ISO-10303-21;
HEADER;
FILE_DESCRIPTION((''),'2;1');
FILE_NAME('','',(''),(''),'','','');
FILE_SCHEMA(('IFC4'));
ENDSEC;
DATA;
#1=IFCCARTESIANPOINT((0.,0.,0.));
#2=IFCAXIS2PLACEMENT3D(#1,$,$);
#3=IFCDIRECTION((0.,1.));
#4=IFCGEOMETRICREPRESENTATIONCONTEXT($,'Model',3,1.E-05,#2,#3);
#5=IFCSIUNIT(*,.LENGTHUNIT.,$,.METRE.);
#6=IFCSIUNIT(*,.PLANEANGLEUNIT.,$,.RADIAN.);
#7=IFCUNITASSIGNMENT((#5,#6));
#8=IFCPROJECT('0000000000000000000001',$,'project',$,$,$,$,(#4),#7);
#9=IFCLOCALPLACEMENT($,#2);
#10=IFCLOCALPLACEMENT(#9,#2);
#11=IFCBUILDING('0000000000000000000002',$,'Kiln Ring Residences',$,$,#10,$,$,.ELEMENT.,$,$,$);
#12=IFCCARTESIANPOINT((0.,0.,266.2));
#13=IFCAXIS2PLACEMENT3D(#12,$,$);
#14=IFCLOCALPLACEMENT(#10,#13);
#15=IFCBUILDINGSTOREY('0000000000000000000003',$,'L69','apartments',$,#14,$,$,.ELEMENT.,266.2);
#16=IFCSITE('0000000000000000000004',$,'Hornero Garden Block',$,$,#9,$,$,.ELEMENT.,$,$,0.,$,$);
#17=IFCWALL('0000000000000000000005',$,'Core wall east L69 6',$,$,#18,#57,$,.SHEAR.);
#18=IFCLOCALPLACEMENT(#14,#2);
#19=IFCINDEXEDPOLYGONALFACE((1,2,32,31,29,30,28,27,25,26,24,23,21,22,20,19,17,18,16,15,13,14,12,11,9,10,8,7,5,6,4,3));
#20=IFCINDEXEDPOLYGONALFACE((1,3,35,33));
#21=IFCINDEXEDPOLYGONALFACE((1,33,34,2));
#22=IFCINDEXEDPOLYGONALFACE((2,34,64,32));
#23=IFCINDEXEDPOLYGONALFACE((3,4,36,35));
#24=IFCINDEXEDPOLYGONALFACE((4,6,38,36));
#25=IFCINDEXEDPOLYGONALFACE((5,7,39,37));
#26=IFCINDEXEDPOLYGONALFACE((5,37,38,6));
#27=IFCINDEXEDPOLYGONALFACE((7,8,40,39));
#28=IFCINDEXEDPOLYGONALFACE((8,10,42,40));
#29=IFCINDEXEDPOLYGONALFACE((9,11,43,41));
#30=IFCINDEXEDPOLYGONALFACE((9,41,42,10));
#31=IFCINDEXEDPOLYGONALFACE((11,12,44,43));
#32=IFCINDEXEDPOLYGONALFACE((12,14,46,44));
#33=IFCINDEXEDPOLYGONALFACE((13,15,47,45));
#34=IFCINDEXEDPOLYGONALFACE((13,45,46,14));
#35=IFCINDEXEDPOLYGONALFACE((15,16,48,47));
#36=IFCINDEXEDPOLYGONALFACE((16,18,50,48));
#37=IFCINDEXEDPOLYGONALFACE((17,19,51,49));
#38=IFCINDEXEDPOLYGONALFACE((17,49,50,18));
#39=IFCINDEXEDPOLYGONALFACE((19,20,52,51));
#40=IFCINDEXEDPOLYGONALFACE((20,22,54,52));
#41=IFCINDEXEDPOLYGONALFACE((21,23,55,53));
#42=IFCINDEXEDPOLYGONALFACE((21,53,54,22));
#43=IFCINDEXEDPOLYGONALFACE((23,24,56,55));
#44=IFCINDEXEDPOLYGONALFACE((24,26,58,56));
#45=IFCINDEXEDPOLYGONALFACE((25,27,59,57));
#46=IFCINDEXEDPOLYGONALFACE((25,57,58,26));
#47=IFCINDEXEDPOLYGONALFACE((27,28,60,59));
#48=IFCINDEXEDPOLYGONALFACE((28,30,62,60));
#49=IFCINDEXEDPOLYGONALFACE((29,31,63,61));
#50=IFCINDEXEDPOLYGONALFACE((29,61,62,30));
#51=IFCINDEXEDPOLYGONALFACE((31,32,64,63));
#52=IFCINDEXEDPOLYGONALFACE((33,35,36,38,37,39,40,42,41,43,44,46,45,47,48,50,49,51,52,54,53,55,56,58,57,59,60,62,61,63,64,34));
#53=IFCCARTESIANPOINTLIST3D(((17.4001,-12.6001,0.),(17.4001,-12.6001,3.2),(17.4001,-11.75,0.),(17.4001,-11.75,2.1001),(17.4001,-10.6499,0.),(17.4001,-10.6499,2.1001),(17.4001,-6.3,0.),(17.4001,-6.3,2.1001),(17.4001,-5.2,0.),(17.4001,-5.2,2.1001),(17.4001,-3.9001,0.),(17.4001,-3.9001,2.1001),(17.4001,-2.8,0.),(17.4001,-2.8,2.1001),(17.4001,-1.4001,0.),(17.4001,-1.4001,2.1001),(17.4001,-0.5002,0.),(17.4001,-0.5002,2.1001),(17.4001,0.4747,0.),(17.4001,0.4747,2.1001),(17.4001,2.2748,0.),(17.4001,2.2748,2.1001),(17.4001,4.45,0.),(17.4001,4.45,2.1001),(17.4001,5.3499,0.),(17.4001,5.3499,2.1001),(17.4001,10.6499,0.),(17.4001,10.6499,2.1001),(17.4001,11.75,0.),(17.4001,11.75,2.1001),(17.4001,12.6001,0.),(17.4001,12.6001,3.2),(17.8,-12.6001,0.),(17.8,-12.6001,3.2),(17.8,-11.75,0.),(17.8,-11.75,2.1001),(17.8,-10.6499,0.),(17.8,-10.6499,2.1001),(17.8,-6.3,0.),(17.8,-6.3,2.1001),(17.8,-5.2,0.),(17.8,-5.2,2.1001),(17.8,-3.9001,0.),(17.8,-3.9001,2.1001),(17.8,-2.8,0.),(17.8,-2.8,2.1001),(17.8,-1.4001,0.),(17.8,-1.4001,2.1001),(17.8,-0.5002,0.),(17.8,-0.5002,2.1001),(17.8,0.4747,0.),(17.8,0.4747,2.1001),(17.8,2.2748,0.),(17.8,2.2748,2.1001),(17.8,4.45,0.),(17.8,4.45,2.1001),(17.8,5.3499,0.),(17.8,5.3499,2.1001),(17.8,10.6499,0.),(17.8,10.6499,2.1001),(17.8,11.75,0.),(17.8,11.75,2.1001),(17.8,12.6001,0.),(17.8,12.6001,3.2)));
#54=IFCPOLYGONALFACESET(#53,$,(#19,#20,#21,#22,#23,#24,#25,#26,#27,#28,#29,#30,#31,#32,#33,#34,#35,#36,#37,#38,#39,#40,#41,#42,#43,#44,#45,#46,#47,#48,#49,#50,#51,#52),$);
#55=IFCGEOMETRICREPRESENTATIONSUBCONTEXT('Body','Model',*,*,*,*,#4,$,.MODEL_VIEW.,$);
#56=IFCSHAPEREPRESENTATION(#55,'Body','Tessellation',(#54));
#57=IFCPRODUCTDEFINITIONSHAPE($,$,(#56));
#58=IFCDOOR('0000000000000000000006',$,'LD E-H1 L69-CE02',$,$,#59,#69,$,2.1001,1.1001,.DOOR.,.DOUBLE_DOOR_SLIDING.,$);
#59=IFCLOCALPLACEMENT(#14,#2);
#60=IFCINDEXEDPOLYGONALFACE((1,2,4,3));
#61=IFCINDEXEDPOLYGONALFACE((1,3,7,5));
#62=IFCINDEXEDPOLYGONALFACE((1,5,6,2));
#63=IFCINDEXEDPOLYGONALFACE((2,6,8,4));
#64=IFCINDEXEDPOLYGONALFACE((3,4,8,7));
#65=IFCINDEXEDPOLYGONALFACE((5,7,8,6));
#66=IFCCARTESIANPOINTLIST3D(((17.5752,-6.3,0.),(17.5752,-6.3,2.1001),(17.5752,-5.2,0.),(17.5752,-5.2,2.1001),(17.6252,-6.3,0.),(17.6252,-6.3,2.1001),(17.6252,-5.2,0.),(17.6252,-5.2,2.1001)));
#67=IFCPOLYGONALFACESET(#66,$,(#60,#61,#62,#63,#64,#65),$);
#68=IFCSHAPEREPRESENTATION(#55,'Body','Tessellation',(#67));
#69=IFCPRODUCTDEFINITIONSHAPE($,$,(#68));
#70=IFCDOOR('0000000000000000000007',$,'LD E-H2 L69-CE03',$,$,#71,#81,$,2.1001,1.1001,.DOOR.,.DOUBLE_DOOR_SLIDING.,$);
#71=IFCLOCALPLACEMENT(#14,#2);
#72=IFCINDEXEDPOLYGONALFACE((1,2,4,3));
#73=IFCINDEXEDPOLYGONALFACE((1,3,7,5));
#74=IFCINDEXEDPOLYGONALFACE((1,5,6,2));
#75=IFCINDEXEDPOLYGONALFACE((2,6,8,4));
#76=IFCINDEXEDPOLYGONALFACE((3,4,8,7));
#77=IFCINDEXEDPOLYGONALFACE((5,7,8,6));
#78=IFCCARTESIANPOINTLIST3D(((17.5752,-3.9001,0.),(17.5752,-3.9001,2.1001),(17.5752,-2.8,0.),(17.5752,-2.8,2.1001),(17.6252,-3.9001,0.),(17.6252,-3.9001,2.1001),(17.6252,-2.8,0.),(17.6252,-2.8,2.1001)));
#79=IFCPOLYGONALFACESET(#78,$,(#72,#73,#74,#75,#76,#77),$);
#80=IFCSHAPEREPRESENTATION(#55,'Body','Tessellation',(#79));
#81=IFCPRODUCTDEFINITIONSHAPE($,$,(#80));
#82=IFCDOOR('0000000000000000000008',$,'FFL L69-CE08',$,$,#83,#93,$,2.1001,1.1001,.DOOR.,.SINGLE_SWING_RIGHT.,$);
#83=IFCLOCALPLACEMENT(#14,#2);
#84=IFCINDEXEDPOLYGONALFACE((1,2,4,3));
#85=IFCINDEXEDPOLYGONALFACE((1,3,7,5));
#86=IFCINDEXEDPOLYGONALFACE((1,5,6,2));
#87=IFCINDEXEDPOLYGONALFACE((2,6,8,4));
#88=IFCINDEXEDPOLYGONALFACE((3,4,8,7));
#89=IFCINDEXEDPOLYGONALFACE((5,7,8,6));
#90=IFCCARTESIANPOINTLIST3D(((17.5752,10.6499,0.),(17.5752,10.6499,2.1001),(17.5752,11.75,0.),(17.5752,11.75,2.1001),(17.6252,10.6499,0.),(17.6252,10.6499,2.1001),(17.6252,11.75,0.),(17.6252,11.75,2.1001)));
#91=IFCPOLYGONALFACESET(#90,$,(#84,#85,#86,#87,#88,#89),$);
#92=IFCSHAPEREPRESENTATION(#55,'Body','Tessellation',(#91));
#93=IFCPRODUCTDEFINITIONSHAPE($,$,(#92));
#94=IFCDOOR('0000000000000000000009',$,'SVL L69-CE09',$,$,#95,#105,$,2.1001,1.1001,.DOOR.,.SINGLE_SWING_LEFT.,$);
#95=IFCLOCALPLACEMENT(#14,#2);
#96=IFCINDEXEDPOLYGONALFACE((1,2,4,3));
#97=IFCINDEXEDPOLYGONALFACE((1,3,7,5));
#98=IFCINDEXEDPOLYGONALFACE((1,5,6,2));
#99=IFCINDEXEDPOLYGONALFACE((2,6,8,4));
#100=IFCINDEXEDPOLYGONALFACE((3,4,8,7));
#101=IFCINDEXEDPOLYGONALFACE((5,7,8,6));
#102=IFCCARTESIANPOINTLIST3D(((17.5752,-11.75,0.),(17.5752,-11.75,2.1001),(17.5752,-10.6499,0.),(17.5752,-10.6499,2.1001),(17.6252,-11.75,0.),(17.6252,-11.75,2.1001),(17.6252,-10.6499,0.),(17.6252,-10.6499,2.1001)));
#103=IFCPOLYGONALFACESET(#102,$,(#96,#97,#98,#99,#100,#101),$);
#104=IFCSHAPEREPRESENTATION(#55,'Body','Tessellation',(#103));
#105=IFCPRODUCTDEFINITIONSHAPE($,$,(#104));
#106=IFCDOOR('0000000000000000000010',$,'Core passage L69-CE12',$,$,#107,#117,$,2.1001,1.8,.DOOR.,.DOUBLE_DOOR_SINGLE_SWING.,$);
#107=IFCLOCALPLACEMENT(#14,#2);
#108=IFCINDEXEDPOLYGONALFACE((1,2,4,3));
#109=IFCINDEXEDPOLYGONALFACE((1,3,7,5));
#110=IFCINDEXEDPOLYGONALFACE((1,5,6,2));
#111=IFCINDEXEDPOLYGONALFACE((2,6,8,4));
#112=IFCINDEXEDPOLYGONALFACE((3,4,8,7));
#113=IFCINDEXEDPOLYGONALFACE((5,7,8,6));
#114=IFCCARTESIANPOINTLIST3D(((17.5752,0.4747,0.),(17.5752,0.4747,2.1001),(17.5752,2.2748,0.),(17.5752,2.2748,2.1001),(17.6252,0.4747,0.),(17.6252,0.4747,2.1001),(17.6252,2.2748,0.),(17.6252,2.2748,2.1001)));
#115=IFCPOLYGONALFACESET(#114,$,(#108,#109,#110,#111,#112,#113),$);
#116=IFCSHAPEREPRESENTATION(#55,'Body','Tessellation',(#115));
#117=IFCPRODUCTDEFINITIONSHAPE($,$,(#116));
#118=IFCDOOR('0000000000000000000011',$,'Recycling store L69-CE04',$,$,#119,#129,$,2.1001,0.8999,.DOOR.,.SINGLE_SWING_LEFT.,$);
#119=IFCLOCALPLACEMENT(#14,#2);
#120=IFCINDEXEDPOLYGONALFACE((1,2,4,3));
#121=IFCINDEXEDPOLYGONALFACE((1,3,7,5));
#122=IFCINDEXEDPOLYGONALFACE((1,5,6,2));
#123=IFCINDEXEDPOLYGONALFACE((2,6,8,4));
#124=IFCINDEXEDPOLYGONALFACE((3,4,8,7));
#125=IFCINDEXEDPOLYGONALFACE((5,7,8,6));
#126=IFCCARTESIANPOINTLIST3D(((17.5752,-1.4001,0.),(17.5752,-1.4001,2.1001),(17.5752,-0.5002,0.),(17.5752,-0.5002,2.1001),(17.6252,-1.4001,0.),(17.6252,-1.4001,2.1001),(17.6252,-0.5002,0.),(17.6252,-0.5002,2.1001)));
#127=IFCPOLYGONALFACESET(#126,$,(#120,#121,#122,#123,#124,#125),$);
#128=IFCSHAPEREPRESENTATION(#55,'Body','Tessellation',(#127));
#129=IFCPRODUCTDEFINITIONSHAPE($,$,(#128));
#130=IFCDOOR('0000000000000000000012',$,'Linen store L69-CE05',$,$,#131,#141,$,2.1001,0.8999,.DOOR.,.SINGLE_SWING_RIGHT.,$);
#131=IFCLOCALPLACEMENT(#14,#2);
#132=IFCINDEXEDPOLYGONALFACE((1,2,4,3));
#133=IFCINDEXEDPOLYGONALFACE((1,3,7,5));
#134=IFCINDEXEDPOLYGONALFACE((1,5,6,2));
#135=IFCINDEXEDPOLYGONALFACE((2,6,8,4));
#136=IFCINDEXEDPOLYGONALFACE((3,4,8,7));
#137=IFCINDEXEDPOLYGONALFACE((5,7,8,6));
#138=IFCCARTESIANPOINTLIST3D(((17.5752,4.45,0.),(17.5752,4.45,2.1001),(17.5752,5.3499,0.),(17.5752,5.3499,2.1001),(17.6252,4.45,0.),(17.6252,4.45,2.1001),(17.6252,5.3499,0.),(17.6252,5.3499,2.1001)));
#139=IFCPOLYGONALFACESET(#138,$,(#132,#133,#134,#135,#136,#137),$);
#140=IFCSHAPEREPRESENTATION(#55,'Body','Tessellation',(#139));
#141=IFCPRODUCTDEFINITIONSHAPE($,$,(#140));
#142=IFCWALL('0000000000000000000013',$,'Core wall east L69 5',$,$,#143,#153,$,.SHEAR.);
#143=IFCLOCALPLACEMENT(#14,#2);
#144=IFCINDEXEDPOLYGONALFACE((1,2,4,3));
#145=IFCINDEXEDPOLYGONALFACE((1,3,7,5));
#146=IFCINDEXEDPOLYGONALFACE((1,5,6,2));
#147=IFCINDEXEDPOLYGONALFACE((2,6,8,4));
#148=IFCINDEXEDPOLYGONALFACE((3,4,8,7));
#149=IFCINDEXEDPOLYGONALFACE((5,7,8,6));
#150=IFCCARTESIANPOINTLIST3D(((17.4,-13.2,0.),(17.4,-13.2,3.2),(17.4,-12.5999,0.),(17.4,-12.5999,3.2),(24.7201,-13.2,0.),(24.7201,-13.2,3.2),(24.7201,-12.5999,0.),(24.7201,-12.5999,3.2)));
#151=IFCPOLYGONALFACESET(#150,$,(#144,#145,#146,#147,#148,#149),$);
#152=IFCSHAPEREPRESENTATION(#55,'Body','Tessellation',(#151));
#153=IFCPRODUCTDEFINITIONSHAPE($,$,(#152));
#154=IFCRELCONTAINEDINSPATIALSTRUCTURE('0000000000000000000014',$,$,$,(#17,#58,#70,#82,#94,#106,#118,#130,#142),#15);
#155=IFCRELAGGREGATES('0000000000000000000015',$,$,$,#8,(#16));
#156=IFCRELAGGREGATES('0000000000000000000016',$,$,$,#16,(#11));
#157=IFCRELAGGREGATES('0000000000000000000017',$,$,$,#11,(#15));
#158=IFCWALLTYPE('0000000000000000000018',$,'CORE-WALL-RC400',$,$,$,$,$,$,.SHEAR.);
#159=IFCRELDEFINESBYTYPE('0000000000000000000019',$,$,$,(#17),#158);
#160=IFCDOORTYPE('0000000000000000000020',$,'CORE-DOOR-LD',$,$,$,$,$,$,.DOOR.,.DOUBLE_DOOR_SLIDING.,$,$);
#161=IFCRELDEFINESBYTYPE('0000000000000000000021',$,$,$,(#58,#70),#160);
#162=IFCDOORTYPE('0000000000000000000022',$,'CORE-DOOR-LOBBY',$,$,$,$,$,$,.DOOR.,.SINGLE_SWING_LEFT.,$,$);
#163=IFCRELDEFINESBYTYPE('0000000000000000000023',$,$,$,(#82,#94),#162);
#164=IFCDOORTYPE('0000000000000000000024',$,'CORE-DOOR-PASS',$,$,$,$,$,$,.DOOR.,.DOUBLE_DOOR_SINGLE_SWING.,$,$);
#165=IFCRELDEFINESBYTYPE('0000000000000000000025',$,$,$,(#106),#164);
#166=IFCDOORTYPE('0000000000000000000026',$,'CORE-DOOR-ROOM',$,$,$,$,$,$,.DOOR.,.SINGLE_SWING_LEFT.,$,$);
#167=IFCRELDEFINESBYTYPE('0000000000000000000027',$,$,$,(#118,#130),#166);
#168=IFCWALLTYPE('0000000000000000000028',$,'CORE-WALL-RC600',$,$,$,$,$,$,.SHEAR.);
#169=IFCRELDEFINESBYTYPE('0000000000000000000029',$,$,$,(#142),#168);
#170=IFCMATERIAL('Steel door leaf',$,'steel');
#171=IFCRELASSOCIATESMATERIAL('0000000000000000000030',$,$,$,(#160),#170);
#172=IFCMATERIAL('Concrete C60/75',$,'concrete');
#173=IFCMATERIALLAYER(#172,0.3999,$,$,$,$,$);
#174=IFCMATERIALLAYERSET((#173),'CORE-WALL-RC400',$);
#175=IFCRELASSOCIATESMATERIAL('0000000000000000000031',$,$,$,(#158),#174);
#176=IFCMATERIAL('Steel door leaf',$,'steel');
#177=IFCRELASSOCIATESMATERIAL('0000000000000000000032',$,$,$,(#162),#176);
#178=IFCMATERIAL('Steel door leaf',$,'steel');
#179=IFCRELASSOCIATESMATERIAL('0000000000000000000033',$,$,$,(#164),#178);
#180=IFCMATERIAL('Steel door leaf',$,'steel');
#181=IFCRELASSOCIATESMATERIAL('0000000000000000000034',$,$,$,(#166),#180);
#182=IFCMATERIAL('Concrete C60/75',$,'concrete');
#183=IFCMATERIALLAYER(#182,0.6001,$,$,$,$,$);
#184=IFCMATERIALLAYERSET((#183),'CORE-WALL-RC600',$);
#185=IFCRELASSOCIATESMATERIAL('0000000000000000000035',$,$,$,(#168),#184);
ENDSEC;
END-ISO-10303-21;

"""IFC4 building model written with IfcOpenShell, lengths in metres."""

from ifc_helpers import new_model, si_unit, direction, frame, frame_2d, origin, place, context, subcontext, project, spatial, rectangle, extrude, material, layer, layer_set, type_object, element, fill, save


model = new_model("IFC4")

# Units and contexts
model_context = context("Model", 3, precision=1e-05, world=origin(), true_north=direction((0.0, 1.0)))
body_context = subcontext(model_context, "Body", "Model", "MODEL_VIEW")
ifc_project = project(units=[si_unit("LENGTHUNIT", "METRE"), si_unit("PLANEANGLEUNIT", "RADIAN")], contexts=[model_context])

# Site, building, storey
site_placement = place(None, origin())
site = spatial("IfcSite", under=ifc_project, at=site_placement, Name="Hornero Garden Block", CompositionType="ELEMENT", RefElevation=0.0)
building_placement = place(site_placement, origin())
building = spatial("IfcBuilding", under=site, at=building_placement, Name="Kiln Ring Residences", CompositionType="ELEMENT")
storey_placement = place(building_placement, frame((0.0, 0.0, 266.2)))
storey = spatial("IfcBuildingStorey", under=building, at=storey_placement, Name="L69", Description="apartments", CompositionType="ELEMENT", Elevation=266.2)

# Wall, openings, doors
ifc_material_1 = material(Name="Steel door leaf", Category="steel")
door_type_1 = type_object("IfcDoorType", Name="CORE-DOOR-LD", OperationType="DOUBLE_DOOR_SLIDING", PredefinedType="DOOR", material=ifc_material_1)
ifc_material_2 = material(Name="Concrete C60/75", Category="concrete")
ifc_layer_1 = layer(ifc_material_2, 0.3999)
ifc_layer_set_1 = layer_set([ifc_layer_1], Name="CORE-WALL-RC400")
wall_type_1 = type_object("IfcWallType", Name="CORE-WALL-RC400", PredefinedType="SHEAR", material=ifc_layer_set_1)
wall_1_placement = place(storey_placement, frame((17.6001, -12.6001, 0.0), z_axis=(0.0, 0.0, 1.0), x_axis=(0.0, 1.0, 0.0)))
wall_1 = element("IfcWall", 1, at=wall_1_placement, inside=storey, type_object=wall_type_1, Name="Core wall east L69 6", PredefinedType="SHEAR", context=body_context, shape_type="SweptSolid", body=[
    extrude(rectangle(XDim=25.2002, YDim=0.3999, at=frame_2d((12.6001, 0.0))), origin(), (0.0, 0.0, 1.0), 3.2),
])
opening_1_placement = place(wall_1_placement, frame((6.3, 0.0, 0.0)))
opening_1 = element("IfcOpeningElement", 2, at=opening_1_placement, cuts=wall_1, PredefinedType="OPENING", context=body_context, shape_type="SweptSolid", body=[
    extrude(rectangle(XDim=1.1001, YDim=2.1001, at=frame_2d((0.55, 1.05))), frame((0.0, 0.21, 0.0), z_axis=(0.0, -1.0, 0.0), x_axis=(1.0, 0.0, 0.0)), (0.0, 0.0, 1.0), 0.4199),
])
opening_2_placement = place(wall_1_placement, frame((8.7, 0.0, 0.0)))
opening_2 = element("IfcOpeningElement", 3, at=opening_2_placement, cuts=wall_1, PredefinedType="OPENING", context=body_context, shape_type="SweptSolid", body=[
    extrude(rectangle(XDim=1.1001, YDim=2.1001, at=frame_2d((0.55, 1.05))), frame((0.0, 0.21, 0.0), z_axis=(0.0, -1.0, 0.0), x_axis=(1.0, 0.0, 0.0)), (0.0, 0.0, 1.0), 0.4199),
])
opening_3_placement = place(wall_1_placement, frame((11.2, 0.0, 0.0)))
opening_3 = element("IfcOpeningElement", 4, at=opening_3_placement, cuts=wall_1, PredefinedType="OPENING", context=body_context, shape_type="SweptSolid", body=[
    extrude(rectangle(XDim=0.8999, YDim=2.1001, at=frame_2d((0.45, 1.05))), frame((0.0, 0.21, 0.0), z_axis=(0.0, -1.0, 0.0), x_axis=(1.0, 0.0, 0.0)), (0.0, 0.0, 1.0), 0.4199),
])
opening_4_placement = place(wall_1_placement, frame((17.05, 0.0, 0.0)))
opening_4 = element("IfcOpeningElement", 5, at=opening_4_placement, cuts=wall_1, PredefinedType="OPENING", context=body_context, shape_type="SweptSolid", body=[
    extrude(rectangle(XDim=0.8999, YDim=2.1001, at=frame_2d((0.45, 1.05))), frame((0.0, 0.21, 0.0), z_axis=(0.0, -1.0, 0.0), x_axis=(1.0, 0.0, 0.0)), (0.0, 0.0, 1.0), 0.4199),
])
opening_5_placement = place(wall_1_placement, frame((23.25, 0.0, 0.0)))
opening_5 = element("IfcOpeningElement", 6, at=opening_5_placement, cuts=wall_1, PredefinedType="OPENING", context=body_context, shape_type="SweptSolid", body=[
    extrude(rectangle(XDim=1.1001, YDim=2.1001, at=frame_2d((0.55, 1.05))), frame((0.0, 0.21, 0.0), z_axis=(0.0, -1.0, 0.0), x_axis=(1.0, 0.0, 0.0)), (0.0, 0.0, 1.0), 0.4199),
])
opening_6_placement = place(wall_1_placement, frame((0.8501, 0.0, 0.0)))
opening_6 = element("IfcOpeningElement", 7, at=opening_6_placement, cuts=wall_1, PredefinedType="OPENING", context=body_context, shape_type="SweptSolid", body=[
    extrude(rectangle(XDim=1.1001, YDim=2.1001, at=frame_2d((0.55, 1.05))), frame((0.0, 0.21, 0.0), z_axis=(0.0, -1.0, 0.0), x_axis=(1.0, 0.0, 0.0)), (0.0, 0.0, 1.0), 0.4199),
])
opening_7_placement = place(wall_1_placement, frame((13.075, 0.0, 0.0)))
opening_7 = element("IfcOpeningElement", 8, at=opening_7_placement, cuts=wall_1, PredefinedType="OPENING", context=body_context, shape_type="SweptSolid", body=[
    extrude(rectangle(XDim=1.8, YDim=2.1001, at=frame_2d((0.8999, 1.05))), frame((0.0, 0.21, 0.0), z_axis=(0.0, -1.0, 0.0), x_axis=(1.0, 0.0, 0.0)), (0.0, 0.0, 1.0), 0.4199),
])
door_1_placement = place(opening_1_placement, origin())
door_1 = element("IfcDoor", 9, at=door_1_placement, inside=storey, type_object=door_type_1, Name="LD E-H1 L69-CE02", OperationType="DOUBLE_DOOR_SLIDING", OverallHeight=2.1001, OverallWidth=1.1001, PredefinedType="DOOR", context=body_context, shape_type="SweptSolid", body=[
    extrude(rectangle(XDim=1.1001, YDim=2.1001, at=frame_2d((0.55, 1.05))), frame((0.0, 0.0249, 0.0), z_axis=(0.0, -1.0, 0.0), x_axis=(1.0, 0.0, 0.0)), (0.0, 0.0, 1.0), 0.05),
])
fill(opening_1, door_1)
door_2_placement = place(opening_2_placement, origin())
door_2 = element("IfcDoor", 10, at=door_2_placement, inside=storey, type_object=door_type_1, Name="LD E-H2 L69-CE03", OperationType="DOUBLE_DOOR_SLIDING", OverallHeight=2.1001, OverallWidth=1.1001, PredefinedType="DOOR", context=body_context, shape_type="SweptSolid", body=[
    extrude(rectangle(XDim=1.1001, YDim=2.1001, at=frame_2d((0.55, 1.05))), frame((0.0, 0.0249, 0.0), z_axis=(0.0, -1.0, 0.0), x_axis=(1.0, 0.0, 0.0)), (0.0, 0.0, 1.0), 0.05),
])
fill(opening_2, door_2)
ifc_material_3 = material(Name="Steel door leaf", Category="steel")
door_type_2 = type_object("IfcDoorType", Name="CORE-DOOR-LOBBY", OperationType="SINGLE_SWING_LEFT", PredefinedType="DOOR", material=ifc_material_3)
door_3_placement = place(opening_5_placement, origin())
door_3 = element("IfcDoor", 11, at=door_3_placement, inside=storey, type_object=door_type_2, Name="FFL L69-CE08", OperationType="SINGLE_SWING_RIGHT", OverallHeight=2.1001, OverallWidth=1.1001, PredefinedType="DOOR", context=body_context, shape_type="SweptSolid", body=[
    extrude(rectangle(XDim=1.1001, YDim=2.1001, at=frame_2d((0.55, 1.05))), frame((0.0, 0.0249, 0.0), z_axis=(0.0, -1.0, 0.0), x_axis=(1.0, 0.0, 0.0)), (0.0, 0.0, 1.0), 0.05),
])
fill(opening_5, door_3)
door_4_placement = place(opening_6_placement, origin())
door_4 = element("IfcDoor", 12, at=door_4_placement, inside=storey, type_object=door_type_2, Name="SVL L69-CE09", OperationType="SINGLE_SWING_LEFT", OverallHeight=2.1001, OverallWidth=1.1001, PredefinedType="DOOR", context=body_context, shape_type="SweptSolid", body=[
    extrude(rectangle(XDim=1.1001, YDim=2.1001, at=frame_2d((0.55, 1.05))), frame((0.0, 0.0249, 0.0), z_axis=(0.0, -1.0, 0.0), x_axis=(1.0, 0.0, 0.0)), (0.0, 0.0, 1.0), 0.05),
])
fill(opening_6, door_4)
ifc_material_4 = material(Name="Steel door leaf", Category="steel")
door_type_3 = type_object("IfcDoorType", Name="CORE-DOOR-PASS", OperationType="DOUBLE_DOOR_SINGLE_SWING", PredefinedType="DOOR", material=ifc_material_4)
door_5_placement = place(opening_7_placement, origin())
door_5 = element("IfcDoor", 13, at=door_5_placement, inside=storey, type_object=door_type_3, Name="Core passage L69-CE12", OperationType="DOUBLE_DOOR_SINGLE_SWING", OverallHeight=2.1001, OverallWidth=1.8, PredefinedType="DOOR", context=body_context, shape_type="SweptSolid", body=[
    extrude(rectangle(XDim=1.8, YDim=2.1001, at=frame_2d((0.8999, 1.05))), frame((0.0, 0.0249, 0.0), z_axis=(0.0, -1.0, 0.0), x_axis=(1.0, 0.0, 0.0)), (0.0, 0.0, 1.0), 0.05),
])
fill(opening_7, door_5)
ifc_material_5 = material(Name="Steel door leaf", Category="steel")
door_type_4 = type_object("IfcDoorType", Name="CORE-DOOR-ROOM", OperationType="SINGLE_SWING_LEFT", PredefinedType="DOOR", material=ifc_material_5)
door_6_placement = place(opening_3_placement, origin())
door_6 = element("IfcDoor", 14, at=door_6_placement, inside=storey, type_object=door_type_4, Name="Recycling store L69-CE04", OperationType="SINGLE_SWING_LEFT", OverallHeight=2.1001, OverallWidth=0.8999, PredefinedType="DOOR", context=body_context, shape_type="SweptSolid", body=[
    extrude(rectangle(XDim=0.8999, YDim=2.1001, at=frame_2d((0.45, 1.05))), frame((0.0, 0.0249, 0.0), z_axis=(0.0, -1.0, 0.0), x_axis=(1.0, 0.0, 0.0)), (0.0, 0.0, 1.0), 0.05),
])
fill(opening_3, door_6)
door_7_placement = place(opening_4_placement, origin())
door_7 = element("IfcDoor", 15, at=door_7_placement, inside=storey, type_object=door_type_4, Name="Linen store L69-CE05", OperationType="SINGLE_SWING_RIGHT", OverallHeight=2.1001, OverallWidth=0.8999, PredefinedType="DOOR", context=body_context, shape_type="SweptSolid", body=[
    extrude(rectangle(XDim=0.8999, YDim=2.1001, at=frame_2d((0.45, 1.05))), frame((0.0, 0.0249, 0.0), z_axis=(0.0, -1.0, 0.0), x_axis=(1.0, 0.0, 0.0)), (0.0, 0.0, 1.0), 0.05),
])
fill(opening_4, door_7)

# Wall
ifc_material_6 = material(Name="Concrete C60/75", Category="concrete")
ifc_layer_2 = layer(ifc_material_6, 0.6001)
ifc_layer_set_2 = layer_set([ifc_layer_2], Name="CORE-WALL-RC600")
wall_type_2 = type_object("IfcWallType", Name="CORE-WALL-RC600", PredefinedType="SHEAR", material=ifc_layer_set_2)
wall_2_placement = place(storey_placement, frame((17.3999, -12.8999, 0.0), z_axis=(0.0, 0.0, 1.0), x_axis=(1.0, 0.0, 0.0)))
element("IfcWall", 16, at=wall_2_placement, inside=storey, type_object=wall_type_2, Name="Core wall east L69 5", PredefinedType="SHEAR", context=body_context, shape_type="SweptSolid", body=[
    extrude(rectangle(XDim=7.3201, YDim=0.6001, at=frame_2d((3.6602, 0.0))), origin(), (0.0, 0.0, 1.0), 3.2),
])

save(model, "model.ifc")
